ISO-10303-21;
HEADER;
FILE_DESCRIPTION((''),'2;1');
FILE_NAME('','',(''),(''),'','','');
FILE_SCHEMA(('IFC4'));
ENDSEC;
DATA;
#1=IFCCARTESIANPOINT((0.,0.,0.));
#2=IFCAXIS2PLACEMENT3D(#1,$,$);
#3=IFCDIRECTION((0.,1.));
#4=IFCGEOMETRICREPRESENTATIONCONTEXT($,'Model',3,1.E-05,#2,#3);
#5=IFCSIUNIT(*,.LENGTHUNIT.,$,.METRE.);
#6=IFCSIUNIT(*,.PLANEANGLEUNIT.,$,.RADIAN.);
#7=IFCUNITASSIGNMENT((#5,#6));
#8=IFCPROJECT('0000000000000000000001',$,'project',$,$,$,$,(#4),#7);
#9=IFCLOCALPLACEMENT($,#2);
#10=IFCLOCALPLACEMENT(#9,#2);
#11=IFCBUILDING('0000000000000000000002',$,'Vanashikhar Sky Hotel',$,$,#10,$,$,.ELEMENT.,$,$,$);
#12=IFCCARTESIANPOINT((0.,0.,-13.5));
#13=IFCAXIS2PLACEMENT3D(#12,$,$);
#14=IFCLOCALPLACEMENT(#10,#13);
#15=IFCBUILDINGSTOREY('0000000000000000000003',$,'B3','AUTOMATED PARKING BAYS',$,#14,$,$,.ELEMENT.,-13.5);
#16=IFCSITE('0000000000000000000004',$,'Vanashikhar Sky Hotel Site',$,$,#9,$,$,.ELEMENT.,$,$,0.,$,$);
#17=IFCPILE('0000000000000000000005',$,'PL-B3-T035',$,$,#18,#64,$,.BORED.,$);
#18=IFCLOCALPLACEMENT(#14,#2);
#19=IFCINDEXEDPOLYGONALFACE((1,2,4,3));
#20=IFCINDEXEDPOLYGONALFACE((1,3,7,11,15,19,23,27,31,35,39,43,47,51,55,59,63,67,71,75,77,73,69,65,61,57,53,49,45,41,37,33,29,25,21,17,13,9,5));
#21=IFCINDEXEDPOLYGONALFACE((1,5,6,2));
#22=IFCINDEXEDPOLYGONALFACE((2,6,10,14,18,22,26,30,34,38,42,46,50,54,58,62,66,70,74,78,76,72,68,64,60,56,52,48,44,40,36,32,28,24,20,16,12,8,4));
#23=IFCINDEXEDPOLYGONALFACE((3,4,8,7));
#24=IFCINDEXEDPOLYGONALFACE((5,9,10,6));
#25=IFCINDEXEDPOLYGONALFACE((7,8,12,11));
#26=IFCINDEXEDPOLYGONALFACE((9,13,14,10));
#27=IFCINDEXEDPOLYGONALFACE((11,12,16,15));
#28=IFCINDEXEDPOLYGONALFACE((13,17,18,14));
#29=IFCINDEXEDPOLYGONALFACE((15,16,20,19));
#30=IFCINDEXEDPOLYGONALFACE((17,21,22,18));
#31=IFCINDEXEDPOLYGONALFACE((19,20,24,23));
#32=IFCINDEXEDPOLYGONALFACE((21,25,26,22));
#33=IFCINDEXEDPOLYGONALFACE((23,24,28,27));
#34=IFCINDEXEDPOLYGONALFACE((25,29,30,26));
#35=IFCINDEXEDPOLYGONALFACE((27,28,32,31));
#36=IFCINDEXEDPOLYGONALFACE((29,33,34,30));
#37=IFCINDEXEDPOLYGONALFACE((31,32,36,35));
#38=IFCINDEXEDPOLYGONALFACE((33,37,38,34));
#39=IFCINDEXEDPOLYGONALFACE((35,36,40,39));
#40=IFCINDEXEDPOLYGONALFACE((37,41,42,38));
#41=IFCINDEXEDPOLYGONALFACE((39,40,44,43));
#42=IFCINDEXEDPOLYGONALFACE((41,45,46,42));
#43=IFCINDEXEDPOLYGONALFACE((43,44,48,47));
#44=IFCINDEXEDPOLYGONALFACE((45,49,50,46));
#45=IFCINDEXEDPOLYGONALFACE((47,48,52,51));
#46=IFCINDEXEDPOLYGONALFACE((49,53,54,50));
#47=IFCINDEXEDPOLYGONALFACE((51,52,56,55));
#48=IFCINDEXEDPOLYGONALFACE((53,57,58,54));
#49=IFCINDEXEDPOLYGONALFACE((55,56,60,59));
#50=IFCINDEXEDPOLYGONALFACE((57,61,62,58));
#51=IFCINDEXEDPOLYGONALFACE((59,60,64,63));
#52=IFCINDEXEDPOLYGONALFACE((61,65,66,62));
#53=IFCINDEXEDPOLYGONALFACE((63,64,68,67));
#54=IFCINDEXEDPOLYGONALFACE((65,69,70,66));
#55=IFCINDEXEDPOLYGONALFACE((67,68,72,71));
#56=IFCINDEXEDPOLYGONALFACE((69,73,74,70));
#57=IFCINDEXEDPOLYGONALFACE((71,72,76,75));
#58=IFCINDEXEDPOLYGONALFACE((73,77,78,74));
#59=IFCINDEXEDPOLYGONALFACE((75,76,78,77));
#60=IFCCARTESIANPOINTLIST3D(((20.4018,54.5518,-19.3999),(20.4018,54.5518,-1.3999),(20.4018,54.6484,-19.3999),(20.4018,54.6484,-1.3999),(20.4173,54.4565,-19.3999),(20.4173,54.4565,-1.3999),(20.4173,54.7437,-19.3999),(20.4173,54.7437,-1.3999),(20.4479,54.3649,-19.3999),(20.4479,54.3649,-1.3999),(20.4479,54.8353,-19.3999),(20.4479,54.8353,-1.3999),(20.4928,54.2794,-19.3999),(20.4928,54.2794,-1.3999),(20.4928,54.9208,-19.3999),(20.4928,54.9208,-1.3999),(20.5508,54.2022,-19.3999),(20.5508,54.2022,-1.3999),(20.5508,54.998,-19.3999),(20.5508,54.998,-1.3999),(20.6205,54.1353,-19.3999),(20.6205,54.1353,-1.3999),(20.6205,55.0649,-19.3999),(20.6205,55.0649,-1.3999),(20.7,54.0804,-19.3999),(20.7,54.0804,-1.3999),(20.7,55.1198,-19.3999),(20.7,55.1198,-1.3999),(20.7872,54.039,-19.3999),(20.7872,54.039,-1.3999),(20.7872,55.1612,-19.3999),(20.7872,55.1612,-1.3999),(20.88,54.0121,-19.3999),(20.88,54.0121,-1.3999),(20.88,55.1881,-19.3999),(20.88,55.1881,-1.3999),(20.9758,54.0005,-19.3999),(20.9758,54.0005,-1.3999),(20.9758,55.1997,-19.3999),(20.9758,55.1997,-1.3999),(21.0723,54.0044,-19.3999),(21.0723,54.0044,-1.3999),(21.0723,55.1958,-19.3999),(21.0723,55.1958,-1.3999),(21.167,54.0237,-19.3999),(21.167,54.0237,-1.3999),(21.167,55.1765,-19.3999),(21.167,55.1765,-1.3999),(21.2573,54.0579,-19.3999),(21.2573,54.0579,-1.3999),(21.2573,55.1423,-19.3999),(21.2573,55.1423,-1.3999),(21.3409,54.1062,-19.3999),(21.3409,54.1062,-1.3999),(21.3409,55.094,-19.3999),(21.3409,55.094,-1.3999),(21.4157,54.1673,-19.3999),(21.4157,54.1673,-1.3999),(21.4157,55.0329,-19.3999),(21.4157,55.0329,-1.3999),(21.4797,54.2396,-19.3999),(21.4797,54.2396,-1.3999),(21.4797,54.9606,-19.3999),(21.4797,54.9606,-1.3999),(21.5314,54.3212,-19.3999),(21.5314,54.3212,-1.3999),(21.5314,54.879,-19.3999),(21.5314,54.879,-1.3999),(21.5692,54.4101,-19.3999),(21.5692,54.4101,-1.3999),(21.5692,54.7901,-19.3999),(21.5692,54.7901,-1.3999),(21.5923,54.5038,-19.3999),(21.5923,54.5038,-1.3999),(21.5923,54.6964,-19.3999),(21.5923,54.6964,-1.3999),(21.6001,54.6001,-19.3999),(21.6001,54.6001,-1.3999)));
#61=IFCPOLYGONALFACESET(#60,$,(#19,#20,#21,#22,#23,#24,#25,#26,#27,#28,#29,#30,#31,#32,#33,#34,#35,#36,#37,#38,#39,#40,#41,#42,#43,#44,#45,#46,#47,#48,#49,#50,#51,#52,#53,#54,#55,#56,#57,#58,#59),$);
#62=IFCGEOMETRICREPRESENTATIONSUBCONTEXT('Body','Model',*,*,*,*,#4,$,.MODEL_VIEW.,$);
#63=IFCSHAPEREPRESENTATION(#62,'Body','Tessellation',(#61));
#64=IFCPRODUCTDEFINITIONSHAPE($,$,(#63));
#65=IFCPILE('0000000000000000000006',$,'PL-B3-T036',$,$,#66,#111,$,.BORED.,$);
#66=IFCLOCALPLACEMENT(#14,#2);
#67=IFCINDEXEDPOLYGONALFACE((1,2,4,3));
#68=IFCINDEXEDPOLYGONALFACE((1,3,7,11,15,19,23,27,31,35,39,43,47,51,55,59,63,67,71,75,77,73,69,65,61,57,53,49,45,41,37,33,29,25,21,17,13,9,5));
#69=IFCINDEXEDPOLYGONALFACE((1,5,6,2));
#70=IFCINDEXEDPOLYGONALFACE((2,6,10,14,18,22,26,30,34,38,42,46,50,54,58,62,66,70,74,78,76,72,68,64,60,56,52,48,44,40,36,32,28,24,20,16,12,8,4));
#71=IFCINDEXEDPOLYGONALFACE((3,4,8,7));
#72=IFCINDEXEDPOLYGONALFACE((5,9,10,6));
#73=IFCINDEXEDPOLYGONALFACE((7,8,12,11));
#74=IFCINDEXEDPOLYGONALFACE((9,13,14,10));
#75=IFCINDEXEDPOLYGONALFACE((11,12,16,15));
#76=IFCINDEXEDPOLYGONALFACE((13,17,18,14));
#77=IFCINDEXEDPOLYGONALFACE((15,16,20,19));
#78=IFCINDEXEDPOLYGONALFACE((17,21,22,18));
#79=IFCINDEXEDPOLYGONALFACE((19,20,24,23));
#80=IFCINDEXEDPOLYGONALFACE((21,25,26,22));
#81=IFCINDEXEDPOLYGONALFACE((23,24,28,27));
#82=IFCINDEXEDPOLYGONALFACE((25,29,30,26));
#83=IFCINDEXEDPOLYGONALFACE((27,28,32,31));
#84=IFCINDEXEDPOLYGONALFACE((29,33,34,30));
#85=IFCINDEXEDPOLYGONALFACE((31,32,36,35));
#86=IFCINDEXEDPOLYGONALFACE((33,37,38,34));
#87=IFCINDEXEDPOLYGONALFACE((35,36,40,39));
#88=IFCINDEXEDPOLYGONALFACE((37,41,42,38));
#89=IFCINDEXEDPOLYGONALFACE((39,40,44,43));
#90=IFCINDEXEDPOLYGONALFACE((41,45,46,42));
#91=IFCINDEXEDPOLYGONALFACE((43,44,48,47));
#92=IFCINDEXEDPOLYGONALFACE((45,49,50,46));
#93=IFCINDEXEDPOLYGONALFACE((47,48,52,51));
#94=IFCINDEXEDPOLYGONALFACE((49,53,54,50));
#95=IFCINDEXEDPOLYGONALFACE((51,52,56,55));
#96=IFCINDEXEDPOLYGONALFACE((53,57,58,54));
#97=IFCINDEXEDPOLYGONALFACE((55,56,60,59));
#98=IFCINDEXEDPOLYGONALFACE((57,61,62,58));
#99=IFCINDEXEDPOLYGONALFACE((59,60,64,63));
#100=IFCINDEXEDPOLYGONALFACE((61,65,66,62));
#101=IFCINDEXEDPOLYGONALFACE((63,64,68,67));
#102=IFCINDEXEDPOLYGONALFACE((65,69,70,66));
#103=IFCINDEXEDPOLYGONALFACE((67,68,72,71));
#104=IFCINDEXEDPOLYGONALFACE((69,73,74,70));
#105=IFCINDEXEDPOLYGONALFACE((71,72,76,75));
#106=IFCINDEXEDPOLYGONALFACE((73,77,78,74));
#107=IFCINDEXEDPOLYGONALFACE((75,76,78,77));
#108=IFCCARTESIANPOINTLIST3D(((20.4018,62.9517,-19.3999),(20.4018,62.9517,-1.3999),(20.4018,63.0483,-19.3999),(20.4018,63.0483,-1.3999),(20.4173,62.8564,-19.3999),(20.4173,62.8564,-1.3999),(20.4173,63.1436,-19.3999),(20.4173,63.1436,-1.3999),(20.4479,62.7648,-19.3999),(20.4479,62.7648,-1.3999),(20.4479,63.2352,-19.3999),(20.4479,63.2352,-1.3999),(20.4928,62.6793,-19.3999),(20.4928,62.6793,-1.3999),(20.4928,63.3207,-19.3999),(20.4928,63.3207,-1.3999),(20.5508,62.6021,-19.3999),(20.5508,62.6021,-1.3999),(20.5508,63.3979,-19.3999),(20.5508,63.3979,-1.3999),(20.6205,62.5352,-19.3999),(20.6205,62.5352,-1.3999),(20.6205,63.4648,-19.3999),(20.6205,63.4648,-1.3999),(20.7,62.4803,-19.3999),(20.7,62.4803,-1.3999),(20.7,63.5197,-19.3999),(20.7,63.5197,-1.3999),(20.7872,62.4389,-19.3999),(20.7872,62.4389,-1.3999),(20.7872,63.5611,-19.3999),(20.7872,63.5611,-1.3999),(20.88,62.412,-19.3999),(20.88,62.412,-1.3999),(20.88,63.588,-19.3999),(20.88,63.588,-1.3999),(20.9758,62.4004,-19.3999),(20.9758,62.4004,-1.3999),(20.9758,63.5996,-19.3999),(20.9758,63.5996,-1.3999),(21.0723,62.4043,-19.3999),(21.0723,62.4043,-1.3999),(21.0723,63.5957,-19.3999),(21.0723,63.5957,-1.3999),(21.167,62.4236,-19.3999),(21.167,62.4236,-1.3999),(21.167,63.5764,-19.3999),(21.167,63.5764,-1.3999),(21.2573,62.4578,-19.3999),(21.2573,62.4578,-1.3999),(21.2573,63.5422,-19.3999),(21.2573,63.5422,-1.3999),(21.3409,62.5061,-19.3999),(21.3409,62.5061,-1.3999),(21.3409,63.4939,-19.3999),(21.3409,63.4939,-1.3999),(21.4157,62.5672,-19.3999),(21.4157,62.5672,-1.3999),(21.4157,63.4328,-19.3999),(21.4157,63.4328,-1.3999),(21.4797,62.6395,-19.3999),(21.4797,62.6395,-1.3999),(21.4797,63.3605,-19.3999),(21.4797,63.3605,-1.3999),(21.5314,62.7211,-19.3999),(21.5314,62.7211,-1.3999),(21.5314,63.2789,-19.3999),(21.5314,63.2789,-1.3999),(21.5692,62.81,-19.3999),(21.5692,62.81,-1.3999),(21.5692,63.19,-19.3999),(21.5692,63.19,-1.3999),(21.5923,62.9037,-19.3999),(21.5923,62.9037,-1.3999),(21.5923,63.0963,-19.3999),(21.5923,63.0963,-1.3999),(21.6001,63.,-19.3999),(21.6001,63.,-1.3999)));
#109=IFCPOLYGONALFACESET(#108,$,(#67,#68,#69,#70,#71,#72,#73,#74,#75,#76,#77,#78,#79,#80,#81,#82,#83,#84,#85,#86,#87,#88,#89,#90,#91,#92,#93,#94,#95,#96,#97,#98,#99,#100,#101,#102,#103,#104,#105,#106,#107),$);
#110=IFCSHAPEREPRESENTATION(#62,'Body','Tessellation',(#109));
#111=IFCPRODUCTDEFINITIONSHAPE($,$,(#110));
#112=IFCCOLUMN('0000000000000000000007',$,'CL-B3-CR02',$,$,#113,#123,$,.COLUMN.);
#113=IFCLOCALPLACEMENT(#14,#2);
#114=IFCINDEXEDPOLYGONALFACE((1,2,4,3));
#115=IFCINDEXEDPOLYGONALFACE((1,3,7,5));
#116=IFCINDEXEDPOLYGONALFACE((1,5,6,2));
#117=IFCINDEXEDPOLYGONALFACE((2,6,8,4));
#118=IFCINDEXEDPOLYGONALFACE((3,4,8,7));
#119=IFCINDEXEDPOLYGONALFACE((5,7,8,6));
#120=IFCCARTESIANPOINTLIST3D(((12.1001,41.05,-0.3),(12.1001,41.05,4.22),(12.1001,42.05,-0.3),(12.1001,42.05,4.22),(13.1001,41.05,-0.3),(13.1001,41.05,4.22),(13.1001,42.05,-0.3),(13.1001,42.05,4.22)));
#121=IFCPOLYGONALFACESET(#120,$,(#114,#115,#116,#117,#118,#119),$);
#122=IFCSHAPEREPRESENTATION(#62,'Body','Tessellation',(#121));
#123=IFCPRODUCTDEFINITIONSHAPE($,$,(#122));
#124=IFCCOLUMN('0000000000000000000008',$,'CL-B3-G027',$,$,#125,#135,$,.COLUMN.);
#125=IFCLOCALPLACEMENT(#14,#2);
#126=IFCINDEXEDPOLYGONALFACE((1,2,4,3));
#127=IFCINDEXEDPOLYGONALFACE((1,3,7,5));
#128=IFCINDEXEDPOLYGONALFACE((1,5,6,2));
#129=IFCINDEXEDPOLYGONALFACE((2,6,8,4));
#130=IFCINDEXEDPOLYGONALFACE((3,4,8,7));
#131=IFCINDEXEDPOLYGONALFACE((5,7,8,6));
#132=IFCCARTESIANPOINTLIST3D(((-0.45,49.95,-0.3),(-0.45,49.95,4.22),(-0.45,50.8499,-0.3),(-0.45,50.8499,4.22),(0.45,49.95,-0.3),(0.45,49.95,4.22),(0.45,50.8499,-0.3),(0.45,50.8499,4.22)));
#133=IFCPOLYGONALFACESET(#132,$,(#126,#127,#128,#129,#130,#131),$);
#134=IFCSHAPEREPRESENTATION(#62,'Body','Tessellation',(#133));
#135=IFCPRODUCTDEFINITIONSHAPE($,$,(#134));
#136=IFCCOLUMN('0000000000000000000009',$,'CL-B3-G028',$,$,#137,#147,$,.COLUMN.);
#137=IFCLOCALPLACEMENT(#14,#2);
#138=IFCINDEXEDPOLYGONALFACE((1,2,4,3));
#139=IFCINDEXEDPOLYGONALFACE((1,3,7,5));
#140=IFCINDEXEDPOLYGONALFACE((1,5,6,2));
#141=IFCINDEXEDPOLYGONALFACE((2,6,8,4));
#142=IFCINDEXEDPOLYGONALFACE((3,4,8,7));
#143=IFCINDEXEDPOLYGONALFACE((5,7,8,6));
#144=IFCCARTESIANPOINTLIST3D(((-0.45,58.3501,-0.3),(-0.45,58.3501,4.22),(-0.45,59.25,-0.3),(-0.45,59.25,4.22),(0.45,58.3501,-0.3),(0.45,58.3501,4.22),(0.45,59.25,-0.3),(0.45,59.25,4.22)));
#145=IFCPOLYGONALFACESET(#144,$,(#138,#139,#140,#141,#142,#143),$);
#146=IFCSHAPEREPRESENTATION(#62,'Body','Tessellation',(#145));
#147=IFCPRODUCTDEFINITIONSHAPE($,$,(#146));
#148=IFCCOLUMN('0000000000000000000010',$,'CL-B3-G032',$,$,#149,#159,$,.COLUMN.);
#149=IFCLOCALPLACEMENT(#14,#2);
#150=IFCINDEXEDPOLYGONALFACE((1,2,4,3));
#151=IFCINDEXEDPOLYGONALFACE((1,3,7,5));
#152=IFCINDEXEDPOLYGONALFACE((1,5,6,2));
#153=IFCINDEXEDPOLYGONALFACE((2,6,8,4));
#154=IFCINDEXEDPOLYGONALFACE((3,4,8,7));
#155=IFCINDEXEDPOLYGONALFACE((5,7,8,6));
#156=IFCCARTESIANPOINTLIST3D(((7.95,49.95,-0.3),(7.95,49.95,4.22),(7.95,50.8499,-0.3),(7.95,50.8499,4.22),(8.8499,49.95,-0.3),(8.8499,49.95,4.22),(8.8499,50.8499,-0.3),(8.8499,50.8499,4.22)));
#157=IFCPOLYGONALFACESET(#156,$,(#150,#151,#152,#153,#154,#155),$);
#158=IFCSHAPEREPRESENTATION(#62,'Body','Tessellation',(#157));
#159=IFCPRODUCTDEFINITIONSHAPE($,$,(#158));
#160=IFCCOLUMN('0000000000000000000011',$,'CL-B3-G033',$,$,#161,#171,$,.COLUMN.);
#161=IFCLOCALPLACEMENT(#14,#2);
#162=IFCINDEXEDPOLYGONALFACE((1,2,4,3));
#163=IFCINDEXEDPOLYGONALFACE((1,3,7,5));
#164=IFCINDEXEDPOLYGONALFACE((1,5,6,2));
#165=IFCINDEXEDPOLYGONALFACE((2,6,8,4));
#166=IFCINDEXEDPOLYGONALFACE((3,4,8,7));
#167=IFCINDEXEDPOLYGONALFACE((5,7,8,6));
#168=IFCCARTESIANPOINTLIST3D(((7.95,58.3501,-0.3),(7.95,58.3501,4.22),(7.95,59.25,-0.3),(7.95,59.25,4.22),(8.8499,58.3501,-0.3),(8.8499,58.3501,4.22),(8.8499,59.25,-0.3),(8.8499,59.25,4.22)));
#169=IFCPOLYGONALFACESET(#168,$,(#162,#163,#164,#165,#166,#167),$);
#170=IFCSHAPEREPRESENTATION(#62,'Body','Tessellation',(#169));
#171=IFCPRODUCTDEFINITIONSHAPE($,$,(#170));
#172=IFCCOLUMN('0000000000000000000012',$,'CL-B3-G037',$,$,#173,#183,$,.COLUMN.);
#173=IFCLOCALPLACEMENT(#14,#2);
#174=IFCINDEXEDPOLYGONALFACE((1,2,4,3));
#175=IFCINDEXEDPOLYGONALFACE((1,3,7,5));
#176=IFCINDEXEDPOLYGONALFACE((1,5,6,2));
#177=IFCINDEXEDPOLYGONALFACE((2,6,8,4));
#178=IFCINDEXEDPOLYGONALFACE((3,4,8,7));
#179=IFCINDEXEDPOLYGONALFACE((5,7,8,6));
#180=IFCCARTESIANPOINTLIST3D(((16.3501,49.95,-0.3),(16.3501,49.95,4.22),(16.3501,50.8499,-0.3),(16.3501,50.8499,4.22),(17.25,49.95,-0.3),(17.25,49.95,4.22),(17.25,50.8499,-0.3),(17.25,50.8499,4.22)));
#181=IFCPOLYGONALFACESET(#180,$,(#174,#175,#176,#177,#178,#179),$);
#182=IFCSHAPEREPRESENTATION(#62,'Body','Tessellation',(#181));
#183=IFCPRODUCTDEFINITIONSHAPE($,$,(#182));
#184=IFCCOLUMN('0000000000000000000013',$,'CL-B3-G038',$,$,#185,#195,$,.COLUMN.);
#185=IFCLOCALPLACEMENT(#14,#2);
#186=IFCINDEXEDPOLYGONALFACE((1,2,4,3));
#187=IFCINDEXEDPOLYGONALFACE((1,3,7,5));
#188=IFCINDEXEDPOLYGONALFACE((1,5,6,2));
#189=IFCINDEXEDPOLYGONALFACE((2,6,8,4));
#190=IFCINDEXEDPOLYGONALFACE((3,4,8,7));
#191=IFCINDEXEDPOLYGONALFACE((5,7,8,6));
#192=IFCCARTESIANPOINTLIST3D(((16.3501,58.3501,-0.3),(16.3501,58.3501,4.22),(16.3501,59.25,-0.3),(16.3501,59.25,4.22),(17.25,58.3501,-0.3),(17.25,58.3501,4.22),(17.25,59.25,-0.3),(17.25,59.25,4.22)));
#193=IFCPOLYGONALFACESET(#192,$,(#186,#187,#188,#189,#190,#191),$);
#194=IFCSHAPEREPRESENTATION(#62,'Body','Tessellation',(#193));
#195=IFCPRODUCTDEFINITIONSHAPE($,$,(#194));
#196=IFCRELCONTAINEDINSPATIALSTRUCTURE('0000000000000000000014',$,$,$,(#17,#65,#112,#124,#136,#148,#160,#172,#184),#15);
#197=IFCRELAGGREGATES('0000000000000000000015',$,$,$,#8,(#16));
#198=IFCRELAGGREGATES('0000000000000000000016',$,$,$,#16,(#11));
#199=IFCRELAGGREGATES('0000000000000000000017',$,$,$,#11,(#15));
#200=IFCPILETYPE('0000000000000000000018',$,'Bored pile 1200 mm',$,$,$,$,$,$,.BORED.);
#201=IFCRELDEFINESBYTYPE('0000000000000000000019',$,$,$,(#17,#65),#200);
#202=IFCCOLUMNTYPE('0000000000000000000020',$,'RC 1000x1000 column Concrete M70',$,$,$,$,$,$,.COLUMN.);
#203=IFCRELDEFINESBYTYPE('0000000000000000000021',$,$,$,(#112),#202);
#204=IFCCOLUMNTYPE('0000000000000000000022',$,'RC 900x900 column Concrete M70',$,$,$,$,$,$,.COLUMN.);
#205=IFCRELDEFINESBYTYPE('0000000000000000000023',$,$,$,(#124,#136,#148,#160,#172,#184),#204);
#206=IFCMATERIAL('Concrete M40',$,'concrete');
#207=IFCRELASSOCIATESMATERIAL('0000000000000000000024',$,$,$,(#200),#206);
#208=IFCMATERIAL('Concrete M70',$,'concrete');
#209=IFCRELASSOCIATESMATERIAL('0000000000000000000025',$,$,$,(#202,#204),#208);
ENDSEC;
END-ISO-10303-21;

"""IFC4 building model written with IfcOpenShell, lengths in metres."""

from ifc_helpers import new_model, si_unit, direction, frame, origin, origin_2d, place, context, subcontext, project, spatial, rectangle, circle, extrude, source, transform, mapped, material, material_profile, profile_set, type_object, element, save


model = new_model("IFC4")

# Units and contexts
model_context = context("Model", 3, precision=1e-05, world=origin(), true_north=direction((0.0, 1.0)))
body_context = subcontext(model_context, "Body", "Model", "MODEL_VIEW")
ifc_project = project(units=[si_unit("LENGTHUNIT", "METRE"), si_unit("PLANEANGLEUNIT", "RADIAN")], contexts=[model_context])

# Site, building, storey
site_placement = place(None, origin())
site = spatial("IfcSite", under=ifc_project, at=site_placement, Name="Vanashikhar Sky Hotel Site", CompositionType="ELEMENT", RefElevation=0.0)
building_placement = place(site_placement, origin())
building = spatial("IfcBuilding", under=site, at=building_placement, Name="Vanashikhar Sky Hotel", CompositionType="ELEMENT")
storey_placement = place(building_placement, frame((0.0, 0.0, -13.5)))
storey = spatial("IfcBuildingStorey", under=building, at=storey_placement, Name="B3", Description="AUTOMATED PARKING BAYS", CompositionType="ELEMENT", Elevation=-13.5)

# Piles
ifc_material_1 = material(Name="Concrete M40", Category="concrete")
pile_type_1 = type_object("IfcPileType", Name="Bored pile 1200 mm", PredefinedType="BORED", material=ifc_material_1)
shared_shape_1 = source(origin(), body_context, "Body", "SweptSolid", [
    extrude(circle(Radius=0.6001, at=origin_2d()), origin(), (0.0, 0.0, 1.0), 18.0),
])
for number, where, z_axis, x_axis, name in (
    (1, (21.0, 54.6001, -1.3999), (0.0, 0.0, -1.0), (1.0, 0.0, 0.0), "PL-B3-T035"),
    (2, (21.0, 63.0, -1.3999), (0.0, 0.0, -1.0), (1.0, 0.0, 0.0), "PL-B3-T036"),
):
    element("IfcPile", number, at=place(storey_placement, frame(where, z_axis=z_axis, x_axis=x_axis)), inside=storey, type_object=pile_type_1, Name=name, PredefinedType="BORED", context=body_context, shape_type="MappedRepresentation", body=[
        mapped(shared_shape_1, transform((0.0, 0.0, 0.0), scale=1.0)),
    ])

# Columns
ifc_material_2 = material(Name="Concrete M70", Category="concrete")
ifc_material_profile_1 = material_profile(ifc_material_2, rectangle(XDim=1.0, YDim=1.0, at=origin_2d()))
ifc_profile_set_1 = profile_set([ifc_material_profile_1], Name="RC 1000x1000 column Concrete M70")
column_type_1 = type_object("IfcColumnType", Name="RC 1000x1000 column Concrete M70", PredefinedType="COLUMN", material=ifc_profile_set_1)
shared_shape_2 = source(origin(), body_context, "Body", "SweptSolid", [
    extrude(rectangle(XDim=1.0, YDim=1.0, at=origin_2d()), origin(), (0.0, 0.0, 1.0), 4.52),
])
column_placement = place(storey_placement, frame((12.6001, 41.55, -0.3), z_axis=(0.0, 0.0, 1.0), x_axis=(1.0, 0.0, 0.0)))
element("IfcColumn", 3, at=column_placement, inside=storey, type_object=column_type_1, Name="CL-B3-CR02", PredefinedType="COLUMN", context=body_context, shape_type="MappedRepresentation", body=[
    mapped(shared_shape_2, transform((0.0, 0.0, 0.0), scale=1.0)),
])
ifc_material_profile_2 = material_profile(ifc_material_2, rectangle(XDim=0.8999, YDim=0.8999, at=origin_2d()))
ifc_profile_set_2 = profile_set([ifc_material_profile_2], Name="RC 900x900 column Concrete M70")
column_type_2 = type_object("IfcColumnType", Name="RC 900x900 column Concrete M70", PredefinedType="COLUMN", material=ifc_profile_set_2)
shared_shape_3 = source(origin(), body_context, "Body", "SweptSolid", [
    extrude(rectangle(XDim=0.8999, YDim=0.8999, at=origin_2d()), origin(), (0.0, 0.0, 1.0), 4.52),
])
for number, where, z_axis, x_axis, name in (
    (4, (0.0, 50.3999, -0.3), (0.0, 0.0, 1.0), (1.0, 0.0, 0.0), "CL-B3-G027"),
    (5, (0.0, 58.8, -0.3), (0.0, 0.0, 1.0), (1.0, 0.0, 0.0), "CL-B3-G028"),
    (6, (8.3999, 50.3999, -0.3), (0.0, 0.0, 1.0), (1.0, 0.0, 0.0), "CL-B3-G032"),
    (7, (8.3999, 58.8, -0.3), (0.0, 0.0, 1.0), (1.0, 0.0, 0.0), "CL-B3-G033"),
    (8, (16.8, 50.3999, -0.3), (0.0, 0.0, 1.0), (1.0, 0.0, 0.0), "CL-B3-G037"),
    (9, (16.8, 58.8, -0.3), (0.0, 0.0, 1.0), (1.0, 0.0, 0.0), "CL-B3-G038"),
):
    element("IfcColumn", number, at=place(storey_placement, frame(where, z_axis=z_axis, x_axis=x_axis)), inside=storey, type_object=column_type_2, Name=name, PredefinedType="COLUMN", context=body_context, shape_type="MappedRepresentation", body=[
        mapped(shared_shape_3, transform((0.0, 0.0, 0.0), scale=1.0)),
    ])

save(model, "model.ifc")
